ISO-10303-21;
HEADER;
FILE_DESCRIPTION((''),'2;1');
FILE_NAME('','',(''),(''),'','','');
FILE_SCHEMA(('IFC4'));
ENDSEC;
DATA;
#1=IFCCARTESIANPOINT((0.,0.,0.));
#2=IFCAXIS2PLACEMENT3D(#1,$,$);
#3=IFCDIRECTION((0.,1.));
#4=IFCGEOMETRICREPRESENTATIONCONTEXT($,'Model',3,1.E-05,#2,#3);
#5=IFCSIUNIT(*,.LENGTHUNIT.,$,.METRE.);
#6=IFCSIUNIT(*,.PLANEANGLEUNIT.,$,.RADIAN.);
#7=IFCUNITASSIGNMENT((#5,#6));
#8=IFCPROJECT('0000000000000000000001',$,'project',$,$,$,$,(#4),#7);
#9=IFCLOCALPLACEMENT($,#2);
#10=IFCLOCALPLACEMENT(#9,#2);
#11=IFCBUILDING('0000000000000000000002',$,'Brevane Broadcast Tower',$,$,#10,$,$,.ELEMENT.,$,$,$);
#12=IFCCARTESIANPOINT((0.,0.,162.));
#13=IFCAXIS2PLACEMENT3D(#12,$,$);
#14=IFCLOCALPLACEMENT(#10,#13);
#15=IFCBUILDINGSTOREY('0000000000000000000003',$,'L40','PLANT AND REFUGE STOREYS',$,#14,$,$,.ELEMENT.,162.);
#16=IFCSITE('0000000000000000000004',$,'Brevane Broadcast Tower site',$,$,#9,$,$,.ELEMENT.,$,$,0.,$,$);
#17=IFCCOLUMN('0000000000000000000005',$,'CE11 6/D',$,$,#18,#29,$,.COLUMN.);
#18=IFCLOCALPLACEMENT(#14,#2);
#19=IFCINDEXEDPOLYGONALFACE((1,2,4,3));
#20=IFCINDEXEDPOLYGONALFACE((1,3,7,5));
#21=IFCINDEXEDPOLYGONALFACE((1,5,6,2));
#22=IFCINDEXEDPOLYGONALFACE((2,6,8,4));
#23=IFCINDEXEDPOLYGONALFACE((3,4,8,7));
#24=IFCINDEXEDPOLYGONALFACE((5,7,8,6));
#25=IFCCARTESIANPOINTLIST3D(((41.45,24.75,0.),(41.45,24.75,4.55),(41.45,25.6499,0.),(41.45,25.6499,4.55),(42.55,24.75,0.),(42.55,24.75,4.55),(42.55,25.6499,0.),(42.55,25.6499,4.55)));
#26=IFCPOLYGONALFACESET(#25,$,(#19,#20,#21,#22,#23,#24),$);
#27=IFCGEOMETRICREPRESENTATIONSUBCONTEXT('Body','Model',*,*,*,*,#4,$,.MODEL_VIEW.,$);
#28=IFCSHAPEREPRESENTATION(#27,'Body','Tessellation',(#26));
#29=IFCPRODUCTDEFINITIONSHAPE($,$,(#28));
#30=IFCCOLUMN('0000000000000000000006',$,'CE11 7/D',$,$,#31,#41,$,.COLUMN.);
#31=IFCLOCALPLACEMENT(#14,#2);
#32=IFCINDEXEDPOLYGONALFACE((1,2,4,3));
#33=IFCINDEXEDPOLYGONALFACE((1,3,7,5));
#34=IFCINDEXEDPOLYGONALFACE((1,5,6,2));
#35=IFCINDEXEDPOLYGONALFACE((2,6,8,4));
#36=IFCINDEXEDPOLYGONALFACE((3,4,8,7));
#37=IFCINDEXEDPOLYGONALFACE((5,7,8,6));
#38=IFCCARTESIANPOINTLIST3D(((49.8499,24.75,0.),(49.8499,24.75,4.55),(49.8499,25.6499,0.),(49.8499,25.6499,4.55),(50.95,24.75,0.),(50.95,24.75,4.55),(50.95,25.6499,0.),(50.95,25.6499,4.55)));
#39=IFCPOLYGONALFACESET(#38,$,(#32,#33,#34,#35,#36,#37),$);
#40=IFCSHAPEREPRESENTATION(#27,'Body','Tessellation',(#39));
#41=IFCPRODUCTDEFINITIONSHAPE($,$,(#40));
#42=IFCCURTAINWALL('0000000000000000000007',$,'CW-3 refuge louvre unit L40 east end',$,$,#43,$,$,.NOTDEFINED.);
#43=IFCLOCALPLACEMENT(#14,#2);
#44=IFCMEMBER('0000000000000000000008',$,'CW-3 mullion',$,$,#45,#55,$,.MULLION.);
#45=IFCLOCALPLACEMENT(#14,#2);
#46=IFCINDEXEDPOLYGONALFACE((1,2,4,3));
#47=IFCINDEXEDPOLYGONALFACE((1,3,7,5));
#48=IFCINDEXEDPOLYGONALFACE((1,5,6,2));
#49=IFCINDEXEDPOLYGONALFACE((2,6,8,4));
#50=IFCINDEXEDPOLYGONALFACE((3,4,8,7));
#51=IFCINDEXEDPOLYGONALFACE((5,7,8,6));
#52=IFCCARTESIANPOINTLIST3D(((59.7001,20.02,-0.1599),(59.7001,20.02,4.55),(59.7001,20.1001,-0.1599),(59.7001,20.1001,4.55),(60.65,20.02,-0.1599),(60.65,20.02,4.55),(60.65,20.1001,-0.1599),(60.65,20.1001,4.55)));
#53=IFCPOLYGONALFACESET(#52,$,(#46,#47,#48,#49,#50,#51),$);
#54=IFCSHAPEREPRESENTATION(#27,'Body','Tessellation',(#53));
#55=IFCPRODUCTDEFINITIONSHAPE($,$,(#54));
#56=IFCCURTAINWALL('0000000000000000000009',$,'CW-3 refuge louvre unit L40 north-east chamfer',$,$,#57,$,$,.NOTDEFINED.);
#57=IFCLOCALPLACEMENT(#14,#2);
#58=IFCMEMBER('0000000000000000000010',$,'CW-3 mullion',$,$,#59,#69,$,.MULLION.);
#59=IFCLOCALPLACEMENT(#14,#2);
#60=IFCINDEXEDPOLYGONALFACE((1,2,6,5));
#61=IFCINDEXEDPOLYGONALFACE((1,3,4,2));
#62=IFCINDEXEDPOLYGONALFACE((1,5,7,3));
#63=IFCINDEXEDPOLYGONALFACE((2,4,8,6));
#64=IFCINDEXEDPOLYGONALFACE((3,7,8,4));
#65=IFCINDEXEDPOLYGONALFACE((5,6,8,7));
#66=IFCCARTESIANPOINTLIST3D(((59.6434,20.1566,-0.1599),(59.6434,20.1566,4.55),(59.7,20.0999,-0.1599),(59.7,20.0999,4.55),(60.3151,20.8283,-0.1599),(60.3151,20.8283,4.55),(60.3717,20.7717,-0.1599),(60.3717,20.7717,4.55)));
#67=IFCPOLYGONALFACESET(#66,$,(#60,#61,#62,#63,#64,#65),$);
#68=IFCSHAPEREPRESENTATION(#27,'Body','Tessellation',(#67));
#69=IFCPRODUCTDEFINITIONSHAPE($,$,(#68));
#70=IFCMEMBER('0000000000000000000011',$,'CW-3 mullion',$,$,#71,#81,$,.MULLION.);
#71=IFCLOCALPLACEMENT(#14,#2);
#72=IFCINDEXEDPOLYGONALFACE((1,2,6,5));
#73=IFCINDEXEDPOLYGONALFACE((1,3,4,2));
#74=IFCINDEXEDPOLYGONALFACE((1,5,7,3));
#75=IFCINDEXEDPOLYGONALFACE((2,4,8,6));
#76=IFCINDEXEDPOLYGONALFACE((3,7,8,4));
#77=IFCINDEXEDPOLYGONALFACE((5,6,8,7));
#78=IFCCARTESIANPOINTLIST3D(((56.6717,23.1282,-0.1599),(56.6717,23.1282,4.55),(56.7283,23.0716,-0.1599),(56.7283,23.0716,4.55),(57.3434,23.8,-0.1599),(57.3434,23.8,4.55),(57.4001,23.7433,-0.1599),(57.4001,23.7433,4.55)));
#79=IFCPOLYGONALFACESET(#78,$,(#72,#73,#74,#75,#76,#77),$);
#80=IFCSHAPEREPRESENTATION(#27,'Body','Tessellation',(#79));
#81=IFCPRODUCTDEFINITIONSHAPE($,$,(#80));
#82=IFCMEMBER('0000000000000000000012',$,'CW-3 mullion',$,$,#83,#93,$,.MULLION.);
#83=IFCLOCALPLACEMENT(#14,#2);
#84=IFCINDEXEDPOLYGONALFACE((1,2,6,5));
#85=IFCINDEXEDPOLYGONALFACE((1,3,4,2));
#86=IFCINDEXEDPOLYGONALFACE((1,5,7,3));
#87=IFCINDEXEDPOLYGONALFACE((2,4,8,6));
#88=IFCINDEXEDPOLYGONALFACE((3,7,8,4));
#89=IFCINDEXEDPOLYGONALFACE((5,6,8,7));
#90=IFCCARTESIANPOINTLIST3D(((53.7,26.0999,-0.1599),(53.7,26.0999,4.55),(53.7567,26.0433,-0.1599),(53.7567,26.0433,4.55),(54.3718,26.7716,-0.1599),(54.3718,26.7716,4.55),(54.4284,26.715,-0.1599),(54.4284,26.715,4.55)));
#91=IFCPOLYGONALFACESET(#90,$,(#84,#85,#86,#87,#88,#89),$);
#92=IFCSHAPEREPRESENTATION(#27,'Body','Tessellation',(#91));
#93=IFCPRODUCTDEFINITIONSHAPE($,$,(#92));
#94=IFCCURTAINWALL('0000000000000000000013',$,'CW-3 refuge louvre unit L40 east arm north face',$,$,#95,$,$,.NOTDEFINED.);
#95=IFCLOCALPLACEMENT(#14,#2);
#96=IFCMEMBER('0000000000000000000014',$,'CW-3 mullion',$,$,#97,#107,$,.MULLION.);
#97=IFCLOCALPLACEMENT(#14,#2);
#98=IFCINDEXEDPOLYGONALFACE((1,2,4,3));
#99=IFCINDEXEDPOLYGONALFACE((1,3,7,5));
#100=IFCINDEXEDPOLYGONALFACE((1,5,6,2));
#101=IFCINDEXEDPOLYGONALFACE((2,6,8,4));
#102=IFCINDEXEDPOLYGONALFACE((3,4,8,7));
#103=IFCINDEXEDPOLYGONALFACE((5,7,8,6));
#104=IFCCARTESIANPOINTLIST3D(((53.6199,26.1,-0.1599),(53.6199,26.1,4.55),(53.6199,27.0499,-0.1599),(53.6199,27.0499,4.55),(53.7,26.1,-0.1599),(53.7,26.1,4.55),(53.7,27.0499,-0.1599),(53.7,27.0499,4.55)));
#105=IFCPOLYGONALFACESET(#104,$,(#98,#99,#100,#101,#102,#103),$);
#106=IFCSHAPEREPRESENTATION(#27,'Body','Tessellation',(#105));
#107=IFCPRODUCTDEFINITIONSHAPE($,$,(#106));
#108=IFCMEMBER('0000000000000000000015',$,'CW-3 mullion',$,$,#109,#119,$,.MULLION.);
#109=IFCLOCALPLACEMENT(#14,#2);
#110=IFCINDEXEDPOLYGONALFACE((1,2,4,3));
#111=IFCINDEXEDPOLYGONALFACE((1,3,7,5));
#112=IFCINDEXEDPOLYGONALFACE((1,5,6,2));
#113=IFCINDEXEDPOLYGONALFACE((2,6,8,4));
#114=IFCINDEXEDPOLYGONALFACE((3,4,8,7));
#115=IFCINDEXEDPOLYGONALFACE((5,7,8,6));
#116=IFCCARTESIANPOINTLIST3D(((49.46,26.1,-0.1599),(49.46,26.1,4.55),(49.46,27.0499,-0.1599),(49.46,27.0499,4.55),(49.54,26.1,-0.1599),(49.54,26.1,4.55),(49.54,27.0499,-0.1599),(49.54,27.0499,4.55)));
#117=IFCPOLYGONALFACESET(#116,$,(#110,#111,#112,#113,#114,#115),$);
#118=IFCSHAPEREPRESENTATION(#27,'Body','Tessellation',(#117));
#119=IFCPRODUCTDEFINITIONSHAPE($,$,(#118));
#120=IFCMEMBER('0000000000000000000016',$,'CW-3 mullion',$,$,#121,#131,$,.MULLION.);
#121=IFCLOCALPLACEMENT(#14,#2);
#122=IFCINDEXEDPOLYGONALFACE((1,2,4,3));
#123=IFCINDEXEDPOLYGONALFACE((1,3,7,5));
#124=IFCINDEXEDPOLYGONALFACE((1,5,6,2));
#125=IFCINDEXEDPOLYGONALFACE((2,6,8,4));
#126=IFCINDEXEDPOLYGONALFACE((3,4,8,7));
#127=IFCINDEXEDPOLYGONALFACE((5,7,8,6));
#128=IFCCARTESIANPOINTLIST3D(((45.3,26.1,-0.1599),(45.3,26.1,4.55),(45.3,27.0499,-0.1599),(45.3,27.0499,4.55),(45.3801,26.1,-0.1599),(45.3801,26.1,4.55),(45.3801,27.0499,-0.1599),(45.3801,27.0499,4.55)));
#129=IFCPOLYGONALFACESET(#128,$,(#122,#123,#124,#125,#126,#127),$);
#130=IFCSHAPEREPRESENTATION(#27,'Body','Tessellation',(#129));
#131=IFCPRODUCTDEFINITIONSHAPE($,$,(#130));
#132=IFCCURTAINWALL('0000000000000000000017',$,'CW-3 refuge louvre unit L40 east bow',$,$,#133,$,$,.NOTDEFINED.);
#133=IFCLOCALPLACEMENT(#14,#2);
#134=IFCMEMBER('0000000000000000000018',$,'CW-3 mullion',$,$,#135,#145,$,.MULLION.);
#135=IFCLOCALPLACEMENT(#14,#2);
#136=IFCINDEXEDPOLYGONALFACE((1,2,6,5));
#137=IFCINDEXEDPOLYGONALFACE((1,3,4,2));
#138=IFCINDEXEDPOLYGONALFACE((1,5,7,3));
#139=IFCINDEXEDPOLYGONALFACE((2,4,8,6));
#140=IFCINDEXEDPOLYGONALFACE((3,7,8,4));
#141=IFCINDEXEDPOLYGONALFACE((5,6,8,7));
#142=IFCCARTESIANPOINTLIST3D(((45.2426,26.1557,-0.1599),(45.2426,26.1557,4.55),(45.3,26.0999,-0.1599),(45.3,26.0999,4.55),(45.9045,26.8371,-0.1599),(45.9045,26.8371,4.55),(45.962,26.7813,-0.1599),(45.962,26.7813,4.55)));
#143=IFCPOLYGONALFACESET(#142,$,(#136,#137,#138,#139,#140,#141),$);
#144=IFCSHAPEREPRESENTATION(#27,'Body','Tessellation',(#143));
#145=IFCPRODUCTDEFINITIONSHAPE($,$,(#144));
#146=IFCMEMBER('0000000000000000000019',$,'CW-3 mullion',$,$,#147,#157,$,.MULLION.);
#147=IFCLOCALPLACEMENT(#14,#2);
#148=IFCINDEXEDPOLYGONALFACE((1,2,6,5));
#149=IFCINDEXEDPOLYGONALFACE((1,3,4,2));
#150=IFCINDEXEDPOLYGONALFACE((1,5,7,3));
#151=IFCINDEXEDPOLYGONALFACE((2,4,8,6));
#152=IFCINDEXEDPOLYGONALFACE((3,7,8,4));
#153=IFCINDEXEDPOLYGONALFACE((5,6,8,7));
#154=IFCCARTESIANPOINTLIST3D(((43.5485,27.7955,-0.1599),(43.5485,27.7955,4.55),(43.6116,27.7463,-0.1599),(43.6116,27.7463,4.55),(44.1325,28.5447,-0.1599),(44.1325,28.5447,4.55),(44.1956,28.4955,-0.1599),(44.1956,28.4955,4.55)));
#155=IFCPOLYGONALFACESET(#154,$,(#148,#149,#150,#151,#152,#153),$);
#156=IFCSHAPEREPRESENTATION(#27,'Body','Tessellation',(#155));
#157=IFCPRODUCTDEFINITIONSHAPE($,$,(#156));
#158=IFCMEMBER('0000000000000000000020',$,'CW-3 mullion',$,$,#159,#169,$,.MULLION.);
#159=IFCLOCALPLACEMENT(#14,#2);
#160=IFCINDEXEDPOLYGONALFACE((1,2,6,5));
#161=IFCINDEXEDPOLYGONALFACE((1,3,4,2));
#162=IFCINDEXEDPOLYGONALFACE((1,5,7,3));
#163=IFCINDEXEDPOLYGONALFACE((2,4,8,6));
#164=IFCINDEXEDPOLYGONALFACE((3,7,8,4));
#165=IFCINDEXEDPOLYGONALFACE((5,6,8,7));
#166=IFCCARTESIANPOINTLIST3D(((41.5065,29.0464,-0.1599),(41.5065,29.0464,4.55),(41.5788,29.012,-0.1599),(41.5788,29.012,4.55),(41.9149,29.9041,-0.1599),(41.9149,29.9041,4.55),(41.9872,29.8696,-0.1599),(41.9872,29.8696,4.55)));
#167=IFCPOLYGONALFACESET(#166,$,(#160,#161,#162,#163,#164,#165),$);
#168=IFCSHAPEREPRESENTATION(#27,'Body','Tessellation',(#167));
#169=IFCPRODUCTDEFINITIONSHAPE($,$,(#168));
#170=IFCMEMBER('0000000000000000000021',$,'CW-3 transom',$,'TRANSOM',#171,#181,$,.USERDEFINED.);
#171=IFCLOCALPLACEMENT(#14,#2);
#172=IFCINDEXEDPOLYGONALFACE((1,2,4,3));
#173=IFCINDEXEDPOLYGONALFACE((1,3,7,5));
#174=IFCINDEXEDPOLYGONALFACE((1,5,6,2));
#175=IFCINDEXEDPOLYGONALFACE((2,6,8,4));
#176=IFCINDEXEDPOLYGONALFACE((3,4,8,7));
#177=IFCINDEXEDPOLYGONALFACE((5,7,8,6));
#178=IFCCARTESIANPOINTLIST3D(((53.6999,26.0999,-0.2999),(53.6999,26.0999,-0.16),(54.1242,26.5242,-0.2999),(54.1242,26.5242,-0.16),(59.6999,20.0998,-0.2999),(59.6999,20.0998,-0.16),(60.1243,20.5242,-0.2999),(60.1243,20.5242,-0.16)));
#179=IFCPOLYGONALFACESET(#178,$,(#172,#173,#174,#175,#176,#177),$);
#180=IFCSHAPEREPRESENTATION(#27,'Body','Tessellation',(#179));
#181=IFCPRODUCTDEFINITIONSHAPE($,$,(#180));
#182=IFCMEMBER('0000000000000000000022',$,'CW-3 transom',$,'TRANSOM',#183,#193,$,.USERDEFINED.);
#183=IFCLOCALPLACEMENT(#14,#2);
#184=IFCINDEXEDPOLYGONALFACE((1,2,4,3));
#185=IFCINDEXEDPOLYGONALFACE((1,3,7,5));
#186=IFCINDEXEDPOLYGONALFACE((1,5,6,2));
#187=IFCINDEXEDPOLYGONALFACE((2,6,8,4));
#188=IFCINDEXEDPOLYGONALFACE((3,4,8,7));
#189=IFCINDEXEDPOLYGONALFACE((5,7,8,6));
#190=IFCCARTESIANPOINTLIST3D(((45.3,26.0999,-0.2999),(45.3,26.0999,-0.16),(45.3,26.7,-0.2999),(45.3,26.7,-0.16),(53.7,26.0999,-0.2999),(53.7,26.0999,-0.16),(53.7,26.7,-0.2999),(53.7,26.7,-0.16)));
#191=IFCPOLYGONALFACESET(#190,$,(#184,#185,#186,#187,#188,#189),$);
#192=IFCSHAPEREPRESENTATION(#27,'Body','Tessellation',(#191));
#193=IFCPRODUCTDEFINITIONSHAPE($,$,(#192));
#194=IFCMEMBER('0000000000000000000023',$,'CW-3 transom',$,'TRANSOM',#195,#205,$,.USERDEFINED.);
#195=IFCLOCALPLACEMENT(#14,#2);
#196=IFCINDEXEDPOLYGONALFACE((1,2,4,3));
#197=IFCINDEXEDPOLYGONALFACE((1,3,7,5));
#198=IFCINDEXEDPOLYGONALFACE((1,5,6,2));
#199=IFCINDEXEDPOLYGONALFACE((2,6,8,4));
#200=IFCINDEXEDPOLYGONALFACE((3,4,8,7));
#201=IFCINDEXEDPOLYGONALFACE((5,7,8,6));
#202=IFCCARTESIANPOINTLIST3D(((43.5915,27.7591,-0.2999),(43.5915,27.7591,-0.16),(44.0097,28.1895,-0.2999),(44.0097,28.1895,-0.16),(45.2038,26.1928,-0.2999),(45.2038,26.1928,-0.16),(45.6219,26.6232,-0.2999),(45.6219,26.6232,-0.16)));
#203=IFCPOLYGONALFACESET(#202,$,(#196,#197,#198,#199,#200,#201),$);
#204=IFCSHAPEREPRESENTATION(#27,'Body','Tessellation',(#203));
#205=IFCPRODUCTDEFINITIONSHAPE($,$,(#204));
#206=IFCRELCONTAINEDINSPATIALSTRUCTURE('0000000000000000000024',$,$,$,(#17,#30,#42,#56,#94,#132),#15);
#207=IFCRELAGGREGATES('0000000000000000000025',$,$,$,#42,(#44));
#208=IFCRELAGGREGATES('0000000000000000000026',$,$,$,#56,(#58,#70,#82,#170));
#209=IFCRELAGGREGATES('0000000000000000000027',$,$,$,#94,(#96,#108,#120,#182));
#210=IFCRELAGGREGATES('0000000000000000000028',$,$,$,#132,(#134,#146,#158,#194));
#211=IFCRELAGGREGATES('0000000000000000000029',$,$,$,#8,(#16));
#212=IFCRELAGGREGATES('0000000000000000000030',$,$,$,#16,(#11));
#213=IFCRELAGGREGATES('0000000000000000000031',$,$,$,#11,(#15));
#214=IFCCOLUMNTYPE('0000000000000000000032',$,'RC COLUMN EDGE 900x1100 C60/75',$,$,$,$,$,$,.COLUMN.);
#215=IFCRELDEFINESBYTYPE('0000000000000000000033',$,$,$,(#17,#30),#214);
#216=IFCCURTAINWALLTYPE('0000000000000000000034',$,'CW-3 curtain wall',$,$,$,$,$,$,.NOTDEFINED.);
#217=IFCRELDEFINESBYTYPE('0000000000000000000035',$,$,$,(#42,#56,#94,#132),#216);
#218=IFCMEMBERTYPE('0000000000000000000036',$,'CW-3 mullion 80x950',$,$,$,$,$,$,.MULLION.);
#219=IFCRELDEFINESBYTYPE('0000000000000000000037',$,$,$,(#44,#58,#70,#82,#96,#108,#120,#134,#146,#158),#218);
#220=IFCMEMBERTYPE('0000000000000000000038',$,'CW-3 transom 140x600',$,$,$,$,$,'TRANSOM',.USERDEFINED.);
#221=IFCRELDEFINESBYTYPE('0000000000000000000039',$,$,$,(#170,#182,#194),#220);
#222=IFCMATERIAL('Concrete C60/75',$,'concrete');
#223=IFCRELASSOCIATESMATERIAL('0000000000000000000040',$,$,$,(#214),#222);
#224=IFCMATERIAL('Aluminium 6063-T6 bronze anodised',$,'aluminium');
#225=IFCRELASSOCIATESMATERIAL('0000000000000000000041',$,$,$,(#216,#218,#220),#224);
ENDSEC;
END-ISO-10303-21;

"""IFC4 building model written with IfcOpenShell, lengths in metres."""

from ifc_helpers import new_model, si_unit, direction, frame, origin, origin_2d, place, context, subcontext, project, spatial, rectangle, extrude, material, material_profile, profile_set, type_object, element, aggregate, save


model = new_model("IFC4")

# Units and contexts
model_context = context("Model", 3, precision=1e-05, world=origin(), true_north=direction((0.0, 1.0)))
body_context = subcontext(model_context, "Body", "Model", "MODEL_VIEW")
ifc_project = project(units=[si_unit("LENGTHUNIT", "METRE"), si_unit("PLANEANGLEUNIT", "RADIAN")], contexts=[model_context])

# Site, building, storey
site_placement = place(None, origin())
site = spatial("IfcSite", under=ifc_project, at=site_placement, Name="Brevane Broadcast Tower site", CompositionType="ELEMENT", RefElevation=0.0)
building_placement = place(site_placement, origin())
building = spatial("IfcBuilding", under=site, at=building_placement, Name="Brevane Broadcast Tower", CompositionType="ELEMENT")
storey_placement = place(building_placement, frame((0.0, 0.0, 162.0)))
storey = spatial("IfcBuildingStorey", under=building, at=storey_placement, Name="L40", Description="PLANT AND REFUGE STOREYS", CompositionType="ELEMENT", Elevation=162.0)

# Columns
ifc_material_1 = material(Name="Concrete C60/75", Category="concrete")
ifc_material_profile_1 = material_profile(ifc_material_1, rectangle(XDim=0.8999, YDim=1.1001, at=origin_2d()), Name="RC 900x1100")
ifc_profile_set_1 = profile_set([ifc_material_profile_1], Name="Concrete C60/75")
column_type = type_object("IfcColumnType", Name="RC COLUMN EDGE 900x1100 C60/75", PredefinedType="COLUMN", material=ifc_profile_set_1)
for number, where, z_axis, x_axis, name in (
    (1, (42.0, 25.2, 0.0), (0.0, 0.0, 1.0), (0.0, 1.0, 0.0), "CE11 6/D"),
    (2, (50.3999, 25.2, 0.0), (0.0, 0.0, 1.0), (0.0, 1.0, 0.0), "CE11 7/D"),
):
    element("IfcColumn", number, at=place(storey_placement, frame(where, z_axis=z_axis, x_axis=x_axis)), inside=storey, type_object=column_type, Name=name, PredefinedType="COLUMN", context=body_context, shape_type="SweptSolid", body=[
        extrude(rectangle(XDim=0.8999, YDim=1.1001, at=origin_2d()), origin(), (0.0, 0.0, 1.0), 4.55),
    ])

# Curtain wall, member
ifc_material_2 = material(Name="Aluminium 6063-T6 bronze anodised", Category="aluminium")
curtain_wall_type = type_object("IfcCurtainWallType", Name="CW-3 curtain wall", PredefinedType="NOTDEFINED", material=ifc_material_2)
curtain_wall_1_placement = place(storey_placement, origin())
curtain_wall_1 = element("IfcCurtainWall", 3, at=curtain_wall_1_placement, inside=storey, type_object=curtain_wall_type, Name="CW-3 refuge louvre unit L40 east end", PredefinedType="NOTDEFINED")
ifc_material_profile_2 = material_profile(ifc_material_2, rectangle(XDim=0.95, YDim=0.0801, at=origin_2d()), Name="RECT 80x950")
ifc_profile_set_2 = profile_set([ifc_material_profile_2], Name="Aluminium 6063-T6 bronze anodised")
member_type_1 = type_object("IfcMemberType", Name="CW-3 mullion 80x950", PredefinedType="MULLION", material=ifc_profile_set_2)
member_1_placement = place(storey_placement, frame((60.175, 20.0601, -0.1599), z_axis=(0.0, 0.0, 1.0), x_axis=(-1.0, 0.0, 0.0)))
member_1 = element("IfcMember", 4, at=member_1_placement, type_object=member_type_1, Name="CW-3 mullion", PredefinedType="MULLION", context=body_context, shape_type="SweptSolid", body=[
    extrude(rectangle(XDim=0.95, YDim=0.0801, at=origin_2d()), origin(), (0.0, 0.0, 1.0), 4.71),
])
aggregate(curtain_wall_1, [member_1])

# Curtain walls, members
curtain_wall_2_placement = place(storey_placement, origin())
curtain_wall_2 = element("IfcCurtainWall", 5, at=curtain_wall_2_placement, inside=storey, type_object=curtain_wall_type, Name="CW-3 refuge louvre unit L40 north-east chamfer", PredefinedType="NOTDEFINED")
member_2_placement = place(storey_placement, frame((60.0076, 20.4641, -0.1599), z_axis=(0.0, 0.0, 1.0), x_axis=(-0.707107, -0.707107, 0.0)))
member_2 = element("IfcMember", 6, at=member_2_placement, type_object=member_type_1, Name="CW-3 mullion", PredefinedType="MULLION", context=body_context, shape_type="SweptSolid", body=[
    extrude(rectangle(XDim=0.95, YDim=0.0801, at=origin_2d()), origin(), (0.0, 0.0, 1.0), 4.71),
])
member_3_placement = place(storey_placement, frame((57.0359, 23.4358, -0.1599), z_axis=(0.0, 0.0, 1.0), x_axis=(-0.707107, -0.707107, 0.0)))
member_3 = element("IfcMember", 7, at=member_3_placement, type_object=member_type_1, Name="CW-3 mullion", PredefinedType="MULLION", context=body_context, shape_type="SweptSolid", body=[
    extrude(rectangle(XDim=0.95, YDim=0.0801, at=origin_2d()), origin(), (0.0, 0.0, 1.0), 4.71),
])
member_4_placement = place(storey_placement, frame((54.0642, 26.4075, -0.1599), z_axis=(0.0, 0.0, 1.0), x_axis=(-0.707107, -0.707107, 0.0)))
member_4 = element("IfcMember", 8, at=member_4_placement, type_object=member_type_1, Name="CW-3 mullion", PredefinedType="MULLION", context=body_context, shape_type="SweptSolid", body=[
    extrude(rectangle(XDim=0.95, YDim=0.0801, at=origin_2d()), origin(), (0.0, 0.0, 1.0), 4.71),
])
curtain_wall_3_placement = place(storey_placement, origin())
curtain_wall_3 = element("IfcCurtainWall", 9, at=curtain_wall_3_placement, inside=storey, type_object=curtain_wall_type, Name="CW-3 refuge louvre unit L40 east arm north face", PredefinedType="NOTDEFINED")
member_5_placement = place(storey_placement, frame((53.6599, 26.575, -0.1599), z_axis=(0.0, 0.0, 1.0), x_axis=(0.0, -1.0, 0.0)))
member_5 = element("IfcMember", 10, at=member_5_placement, type_object=member_type_1, Name="CW-3 mullion", PredefinedType="MULLION", context=body_context, shape_type="SweptSolid", body=[
    extrude(rectangle(XDim=0.95, YDim=0.0801, at=origin_2d()), origin(), (0.0, 0.0, 1.0), 4.71),
])
member_6_placement = place(storey_placement, frame((49.5, 26.575, -0.1599), z_axis=(0.0, 0.0, 1.0), x_axis=(0.0, -1.0, 0.0)))
member_6 = element("IfcMember", 11, at=member_6_placement, type_object=member_type_1, Name="CW-3 mullion", PredefinedType="MULLION", context=body_context, shape_type="SweptSolid", body=[
    extrude(rectangle(XDim=0.95, YDim=0.0801, at=origin_2d()), origin(), (0.0, 0.0, 1.0), 4.71),
])
member_7_placement = place(storey_placement, frame((45.3401, 26.575, -0.1599), z_axis=(0.0, 0.0, 1.0), x_axis=(0.0, -1.0, 0.0)))
member_7 = element("IfcMember", 12, at=member_7_placement, type_object=member_type_1, Name="CW-3 mullion", PredefinedType="MULLION", context=body_context, shape_type="SweptSolid", body=[
    extrude(rectangle(XDim=0.95, YDim=0.0801, at=origin_2d()), origin(), (0.0, 0.0, 1.0), 4.71),
])
curtain_wall_4_placement = place(storey_placement, origin())
curtain_wall_4 = element("IfcCurtainWall", 13, at=curtain_wall_4_placement, inside=storey, type_object=curtain_wall_type, Name="CW-3 refuge louvre unit L40 east bow", PredefinedType="NOTDEFINED")
member_8_placement = place(storey_placement, frame((45.6023, 26.4685, -0.1599), z_axis=(0.0, 0.0, 1.0), x_axis=(-0.696812, -0.717254, 0.0)))
member_8 = element("IfcMember", 14, at=member_8_placement, type_object=member_type_1, Name="CW-3 mullion", PredefinedType="MULLION", context=body_context, shape_type="SweptSolid", body=[
    extrude(rectangle(XDim=0.95, YDim=0.0801, at=origin_2d()), origin(), (0.0, 0.0, 1.0), 4.71),
])
member_9_placement = place(storey_placement, frame((43.8721, 28.1455, -0.1599), z_axis=(0.0, 0.0, 1.0), x_axis=(-0.61477, -0.788707, 0.0)))
member_9 = element("IfcMember", 15, at=member_9_placement, type_object=member_type_1, Name="CW-3 mullion", PredefinedType="MULLION", context=body_context, shape_type="SweptSolid", body=[
    extrude(rectangle(XDim=0.95, YDim=0.0801, at=origin_2d()), origin(), (0.0, 0.0, 1.0), 4.71),
])
member_10_placement = place(storey_placement, frame((41.7468, 29.458, -0.1599), z_axis=(0.0, 0.0, 1.0), x_axis=(-0.429934, -0.902861, 0.0)))
member_10 = element("IfcMember", 16, at=member_10_placement, type_object=member_type_1, Name="CW-3 mullion", PredefinedType="MULLION", context=body_context, shape_type="SweptSolid", body=[
    extrude(rectangle(XDim=0.95, YDim=0.0801, at=origin_2d()), origin(), (0.0, 0.0, 1.0), 4.71),
])

# Members
ifc_material_profile_3 = material_profile(ifc_material_2, rectangle(XDim=0.6001, YDim=0.1399, at=origin_2d()), Name="RECT 140x600")
ifc_profile_set_3 = profile_set([ifc_material_profile_3], Name="Aluminium 6063-T6 bronze anodised")
member_type_2 = type_object("IfcMemberType", Name="CW-3 transom 140x600", ElementType="TRANSOM", PredefinedType="USERDEFINED", material=ifc_profile_set_3)
member_11_placement = place(storey_placement, frame((59.9121, 20.312, -0.23), z_axis=(-0.707107, 0.707107, 0.0), x_axis=(-0.707107, -0.707107, 0.0)))
member_11 = element("IfcMember", 17, at=member_11_placement, type_object=member_type_2, Name="CW-3 transom", ObjectType="TRANSOM", PredefinedType="USERDEFINED", context=body_context, shape_type="SweptSolid", body=[
    extrude(rectangle(XDim=0.6001, YDim=0.1399, at=origin_2d()), origin(), (0.0, 0.0, 1.0), 8.4854),
])
aggregate(curtain_wall_2, [member_2, member_3, member_4, member_11])
member_12_placement = place(storey_placement, frame((53.7, 26.3999, -0.23), z_axis=(-1.0, 0.0, 0.0), x_axis=(0.0, -1.0, 0.0)))
member_12 = element("IfcMember", 18, at=member_12_placement, type_object=member_type_2, Name="CW-3 transom", ObjectType="TRANSOM", PredefinedType="USERDEFINED", context=body_context, shape_type="SweptSolid", body=[
    extrude(rectangle(XDim=0.6001, YDim=0.1399, at=origin_2d()), origin(), (0.0, 0.0, 1.0), 8.3999),
])
aggregate(curtain_wall_3, [member_5, member_6, member_7, member_12])
member_13_placement = place(storey_placement, frame((45.4128, 26.408, -0.23), z_axis=(-0.717242, 0.696824, 0.0), x_axis=(-0.696824, -0.717242, 0.0)))
member_13 = element("IfcMember", 19, at=member_13_placement, type_object=member_type_2, Name="CW-3 transom", ObjectType="TRANSOM", PredefinedType="USERDEFINED", context=body_context, shape_type="SweptSolid", body=[
    extrude(rectangle(XDim=0.6001, YDim=0.1399, at=origin_2d()), origin(), (0.0, 0.0, 1.0), 2.2478),
])
aggregate(curtain_wall_4, [member_8, member_9, member_10, member_13])

save(model, "model.ifc")
